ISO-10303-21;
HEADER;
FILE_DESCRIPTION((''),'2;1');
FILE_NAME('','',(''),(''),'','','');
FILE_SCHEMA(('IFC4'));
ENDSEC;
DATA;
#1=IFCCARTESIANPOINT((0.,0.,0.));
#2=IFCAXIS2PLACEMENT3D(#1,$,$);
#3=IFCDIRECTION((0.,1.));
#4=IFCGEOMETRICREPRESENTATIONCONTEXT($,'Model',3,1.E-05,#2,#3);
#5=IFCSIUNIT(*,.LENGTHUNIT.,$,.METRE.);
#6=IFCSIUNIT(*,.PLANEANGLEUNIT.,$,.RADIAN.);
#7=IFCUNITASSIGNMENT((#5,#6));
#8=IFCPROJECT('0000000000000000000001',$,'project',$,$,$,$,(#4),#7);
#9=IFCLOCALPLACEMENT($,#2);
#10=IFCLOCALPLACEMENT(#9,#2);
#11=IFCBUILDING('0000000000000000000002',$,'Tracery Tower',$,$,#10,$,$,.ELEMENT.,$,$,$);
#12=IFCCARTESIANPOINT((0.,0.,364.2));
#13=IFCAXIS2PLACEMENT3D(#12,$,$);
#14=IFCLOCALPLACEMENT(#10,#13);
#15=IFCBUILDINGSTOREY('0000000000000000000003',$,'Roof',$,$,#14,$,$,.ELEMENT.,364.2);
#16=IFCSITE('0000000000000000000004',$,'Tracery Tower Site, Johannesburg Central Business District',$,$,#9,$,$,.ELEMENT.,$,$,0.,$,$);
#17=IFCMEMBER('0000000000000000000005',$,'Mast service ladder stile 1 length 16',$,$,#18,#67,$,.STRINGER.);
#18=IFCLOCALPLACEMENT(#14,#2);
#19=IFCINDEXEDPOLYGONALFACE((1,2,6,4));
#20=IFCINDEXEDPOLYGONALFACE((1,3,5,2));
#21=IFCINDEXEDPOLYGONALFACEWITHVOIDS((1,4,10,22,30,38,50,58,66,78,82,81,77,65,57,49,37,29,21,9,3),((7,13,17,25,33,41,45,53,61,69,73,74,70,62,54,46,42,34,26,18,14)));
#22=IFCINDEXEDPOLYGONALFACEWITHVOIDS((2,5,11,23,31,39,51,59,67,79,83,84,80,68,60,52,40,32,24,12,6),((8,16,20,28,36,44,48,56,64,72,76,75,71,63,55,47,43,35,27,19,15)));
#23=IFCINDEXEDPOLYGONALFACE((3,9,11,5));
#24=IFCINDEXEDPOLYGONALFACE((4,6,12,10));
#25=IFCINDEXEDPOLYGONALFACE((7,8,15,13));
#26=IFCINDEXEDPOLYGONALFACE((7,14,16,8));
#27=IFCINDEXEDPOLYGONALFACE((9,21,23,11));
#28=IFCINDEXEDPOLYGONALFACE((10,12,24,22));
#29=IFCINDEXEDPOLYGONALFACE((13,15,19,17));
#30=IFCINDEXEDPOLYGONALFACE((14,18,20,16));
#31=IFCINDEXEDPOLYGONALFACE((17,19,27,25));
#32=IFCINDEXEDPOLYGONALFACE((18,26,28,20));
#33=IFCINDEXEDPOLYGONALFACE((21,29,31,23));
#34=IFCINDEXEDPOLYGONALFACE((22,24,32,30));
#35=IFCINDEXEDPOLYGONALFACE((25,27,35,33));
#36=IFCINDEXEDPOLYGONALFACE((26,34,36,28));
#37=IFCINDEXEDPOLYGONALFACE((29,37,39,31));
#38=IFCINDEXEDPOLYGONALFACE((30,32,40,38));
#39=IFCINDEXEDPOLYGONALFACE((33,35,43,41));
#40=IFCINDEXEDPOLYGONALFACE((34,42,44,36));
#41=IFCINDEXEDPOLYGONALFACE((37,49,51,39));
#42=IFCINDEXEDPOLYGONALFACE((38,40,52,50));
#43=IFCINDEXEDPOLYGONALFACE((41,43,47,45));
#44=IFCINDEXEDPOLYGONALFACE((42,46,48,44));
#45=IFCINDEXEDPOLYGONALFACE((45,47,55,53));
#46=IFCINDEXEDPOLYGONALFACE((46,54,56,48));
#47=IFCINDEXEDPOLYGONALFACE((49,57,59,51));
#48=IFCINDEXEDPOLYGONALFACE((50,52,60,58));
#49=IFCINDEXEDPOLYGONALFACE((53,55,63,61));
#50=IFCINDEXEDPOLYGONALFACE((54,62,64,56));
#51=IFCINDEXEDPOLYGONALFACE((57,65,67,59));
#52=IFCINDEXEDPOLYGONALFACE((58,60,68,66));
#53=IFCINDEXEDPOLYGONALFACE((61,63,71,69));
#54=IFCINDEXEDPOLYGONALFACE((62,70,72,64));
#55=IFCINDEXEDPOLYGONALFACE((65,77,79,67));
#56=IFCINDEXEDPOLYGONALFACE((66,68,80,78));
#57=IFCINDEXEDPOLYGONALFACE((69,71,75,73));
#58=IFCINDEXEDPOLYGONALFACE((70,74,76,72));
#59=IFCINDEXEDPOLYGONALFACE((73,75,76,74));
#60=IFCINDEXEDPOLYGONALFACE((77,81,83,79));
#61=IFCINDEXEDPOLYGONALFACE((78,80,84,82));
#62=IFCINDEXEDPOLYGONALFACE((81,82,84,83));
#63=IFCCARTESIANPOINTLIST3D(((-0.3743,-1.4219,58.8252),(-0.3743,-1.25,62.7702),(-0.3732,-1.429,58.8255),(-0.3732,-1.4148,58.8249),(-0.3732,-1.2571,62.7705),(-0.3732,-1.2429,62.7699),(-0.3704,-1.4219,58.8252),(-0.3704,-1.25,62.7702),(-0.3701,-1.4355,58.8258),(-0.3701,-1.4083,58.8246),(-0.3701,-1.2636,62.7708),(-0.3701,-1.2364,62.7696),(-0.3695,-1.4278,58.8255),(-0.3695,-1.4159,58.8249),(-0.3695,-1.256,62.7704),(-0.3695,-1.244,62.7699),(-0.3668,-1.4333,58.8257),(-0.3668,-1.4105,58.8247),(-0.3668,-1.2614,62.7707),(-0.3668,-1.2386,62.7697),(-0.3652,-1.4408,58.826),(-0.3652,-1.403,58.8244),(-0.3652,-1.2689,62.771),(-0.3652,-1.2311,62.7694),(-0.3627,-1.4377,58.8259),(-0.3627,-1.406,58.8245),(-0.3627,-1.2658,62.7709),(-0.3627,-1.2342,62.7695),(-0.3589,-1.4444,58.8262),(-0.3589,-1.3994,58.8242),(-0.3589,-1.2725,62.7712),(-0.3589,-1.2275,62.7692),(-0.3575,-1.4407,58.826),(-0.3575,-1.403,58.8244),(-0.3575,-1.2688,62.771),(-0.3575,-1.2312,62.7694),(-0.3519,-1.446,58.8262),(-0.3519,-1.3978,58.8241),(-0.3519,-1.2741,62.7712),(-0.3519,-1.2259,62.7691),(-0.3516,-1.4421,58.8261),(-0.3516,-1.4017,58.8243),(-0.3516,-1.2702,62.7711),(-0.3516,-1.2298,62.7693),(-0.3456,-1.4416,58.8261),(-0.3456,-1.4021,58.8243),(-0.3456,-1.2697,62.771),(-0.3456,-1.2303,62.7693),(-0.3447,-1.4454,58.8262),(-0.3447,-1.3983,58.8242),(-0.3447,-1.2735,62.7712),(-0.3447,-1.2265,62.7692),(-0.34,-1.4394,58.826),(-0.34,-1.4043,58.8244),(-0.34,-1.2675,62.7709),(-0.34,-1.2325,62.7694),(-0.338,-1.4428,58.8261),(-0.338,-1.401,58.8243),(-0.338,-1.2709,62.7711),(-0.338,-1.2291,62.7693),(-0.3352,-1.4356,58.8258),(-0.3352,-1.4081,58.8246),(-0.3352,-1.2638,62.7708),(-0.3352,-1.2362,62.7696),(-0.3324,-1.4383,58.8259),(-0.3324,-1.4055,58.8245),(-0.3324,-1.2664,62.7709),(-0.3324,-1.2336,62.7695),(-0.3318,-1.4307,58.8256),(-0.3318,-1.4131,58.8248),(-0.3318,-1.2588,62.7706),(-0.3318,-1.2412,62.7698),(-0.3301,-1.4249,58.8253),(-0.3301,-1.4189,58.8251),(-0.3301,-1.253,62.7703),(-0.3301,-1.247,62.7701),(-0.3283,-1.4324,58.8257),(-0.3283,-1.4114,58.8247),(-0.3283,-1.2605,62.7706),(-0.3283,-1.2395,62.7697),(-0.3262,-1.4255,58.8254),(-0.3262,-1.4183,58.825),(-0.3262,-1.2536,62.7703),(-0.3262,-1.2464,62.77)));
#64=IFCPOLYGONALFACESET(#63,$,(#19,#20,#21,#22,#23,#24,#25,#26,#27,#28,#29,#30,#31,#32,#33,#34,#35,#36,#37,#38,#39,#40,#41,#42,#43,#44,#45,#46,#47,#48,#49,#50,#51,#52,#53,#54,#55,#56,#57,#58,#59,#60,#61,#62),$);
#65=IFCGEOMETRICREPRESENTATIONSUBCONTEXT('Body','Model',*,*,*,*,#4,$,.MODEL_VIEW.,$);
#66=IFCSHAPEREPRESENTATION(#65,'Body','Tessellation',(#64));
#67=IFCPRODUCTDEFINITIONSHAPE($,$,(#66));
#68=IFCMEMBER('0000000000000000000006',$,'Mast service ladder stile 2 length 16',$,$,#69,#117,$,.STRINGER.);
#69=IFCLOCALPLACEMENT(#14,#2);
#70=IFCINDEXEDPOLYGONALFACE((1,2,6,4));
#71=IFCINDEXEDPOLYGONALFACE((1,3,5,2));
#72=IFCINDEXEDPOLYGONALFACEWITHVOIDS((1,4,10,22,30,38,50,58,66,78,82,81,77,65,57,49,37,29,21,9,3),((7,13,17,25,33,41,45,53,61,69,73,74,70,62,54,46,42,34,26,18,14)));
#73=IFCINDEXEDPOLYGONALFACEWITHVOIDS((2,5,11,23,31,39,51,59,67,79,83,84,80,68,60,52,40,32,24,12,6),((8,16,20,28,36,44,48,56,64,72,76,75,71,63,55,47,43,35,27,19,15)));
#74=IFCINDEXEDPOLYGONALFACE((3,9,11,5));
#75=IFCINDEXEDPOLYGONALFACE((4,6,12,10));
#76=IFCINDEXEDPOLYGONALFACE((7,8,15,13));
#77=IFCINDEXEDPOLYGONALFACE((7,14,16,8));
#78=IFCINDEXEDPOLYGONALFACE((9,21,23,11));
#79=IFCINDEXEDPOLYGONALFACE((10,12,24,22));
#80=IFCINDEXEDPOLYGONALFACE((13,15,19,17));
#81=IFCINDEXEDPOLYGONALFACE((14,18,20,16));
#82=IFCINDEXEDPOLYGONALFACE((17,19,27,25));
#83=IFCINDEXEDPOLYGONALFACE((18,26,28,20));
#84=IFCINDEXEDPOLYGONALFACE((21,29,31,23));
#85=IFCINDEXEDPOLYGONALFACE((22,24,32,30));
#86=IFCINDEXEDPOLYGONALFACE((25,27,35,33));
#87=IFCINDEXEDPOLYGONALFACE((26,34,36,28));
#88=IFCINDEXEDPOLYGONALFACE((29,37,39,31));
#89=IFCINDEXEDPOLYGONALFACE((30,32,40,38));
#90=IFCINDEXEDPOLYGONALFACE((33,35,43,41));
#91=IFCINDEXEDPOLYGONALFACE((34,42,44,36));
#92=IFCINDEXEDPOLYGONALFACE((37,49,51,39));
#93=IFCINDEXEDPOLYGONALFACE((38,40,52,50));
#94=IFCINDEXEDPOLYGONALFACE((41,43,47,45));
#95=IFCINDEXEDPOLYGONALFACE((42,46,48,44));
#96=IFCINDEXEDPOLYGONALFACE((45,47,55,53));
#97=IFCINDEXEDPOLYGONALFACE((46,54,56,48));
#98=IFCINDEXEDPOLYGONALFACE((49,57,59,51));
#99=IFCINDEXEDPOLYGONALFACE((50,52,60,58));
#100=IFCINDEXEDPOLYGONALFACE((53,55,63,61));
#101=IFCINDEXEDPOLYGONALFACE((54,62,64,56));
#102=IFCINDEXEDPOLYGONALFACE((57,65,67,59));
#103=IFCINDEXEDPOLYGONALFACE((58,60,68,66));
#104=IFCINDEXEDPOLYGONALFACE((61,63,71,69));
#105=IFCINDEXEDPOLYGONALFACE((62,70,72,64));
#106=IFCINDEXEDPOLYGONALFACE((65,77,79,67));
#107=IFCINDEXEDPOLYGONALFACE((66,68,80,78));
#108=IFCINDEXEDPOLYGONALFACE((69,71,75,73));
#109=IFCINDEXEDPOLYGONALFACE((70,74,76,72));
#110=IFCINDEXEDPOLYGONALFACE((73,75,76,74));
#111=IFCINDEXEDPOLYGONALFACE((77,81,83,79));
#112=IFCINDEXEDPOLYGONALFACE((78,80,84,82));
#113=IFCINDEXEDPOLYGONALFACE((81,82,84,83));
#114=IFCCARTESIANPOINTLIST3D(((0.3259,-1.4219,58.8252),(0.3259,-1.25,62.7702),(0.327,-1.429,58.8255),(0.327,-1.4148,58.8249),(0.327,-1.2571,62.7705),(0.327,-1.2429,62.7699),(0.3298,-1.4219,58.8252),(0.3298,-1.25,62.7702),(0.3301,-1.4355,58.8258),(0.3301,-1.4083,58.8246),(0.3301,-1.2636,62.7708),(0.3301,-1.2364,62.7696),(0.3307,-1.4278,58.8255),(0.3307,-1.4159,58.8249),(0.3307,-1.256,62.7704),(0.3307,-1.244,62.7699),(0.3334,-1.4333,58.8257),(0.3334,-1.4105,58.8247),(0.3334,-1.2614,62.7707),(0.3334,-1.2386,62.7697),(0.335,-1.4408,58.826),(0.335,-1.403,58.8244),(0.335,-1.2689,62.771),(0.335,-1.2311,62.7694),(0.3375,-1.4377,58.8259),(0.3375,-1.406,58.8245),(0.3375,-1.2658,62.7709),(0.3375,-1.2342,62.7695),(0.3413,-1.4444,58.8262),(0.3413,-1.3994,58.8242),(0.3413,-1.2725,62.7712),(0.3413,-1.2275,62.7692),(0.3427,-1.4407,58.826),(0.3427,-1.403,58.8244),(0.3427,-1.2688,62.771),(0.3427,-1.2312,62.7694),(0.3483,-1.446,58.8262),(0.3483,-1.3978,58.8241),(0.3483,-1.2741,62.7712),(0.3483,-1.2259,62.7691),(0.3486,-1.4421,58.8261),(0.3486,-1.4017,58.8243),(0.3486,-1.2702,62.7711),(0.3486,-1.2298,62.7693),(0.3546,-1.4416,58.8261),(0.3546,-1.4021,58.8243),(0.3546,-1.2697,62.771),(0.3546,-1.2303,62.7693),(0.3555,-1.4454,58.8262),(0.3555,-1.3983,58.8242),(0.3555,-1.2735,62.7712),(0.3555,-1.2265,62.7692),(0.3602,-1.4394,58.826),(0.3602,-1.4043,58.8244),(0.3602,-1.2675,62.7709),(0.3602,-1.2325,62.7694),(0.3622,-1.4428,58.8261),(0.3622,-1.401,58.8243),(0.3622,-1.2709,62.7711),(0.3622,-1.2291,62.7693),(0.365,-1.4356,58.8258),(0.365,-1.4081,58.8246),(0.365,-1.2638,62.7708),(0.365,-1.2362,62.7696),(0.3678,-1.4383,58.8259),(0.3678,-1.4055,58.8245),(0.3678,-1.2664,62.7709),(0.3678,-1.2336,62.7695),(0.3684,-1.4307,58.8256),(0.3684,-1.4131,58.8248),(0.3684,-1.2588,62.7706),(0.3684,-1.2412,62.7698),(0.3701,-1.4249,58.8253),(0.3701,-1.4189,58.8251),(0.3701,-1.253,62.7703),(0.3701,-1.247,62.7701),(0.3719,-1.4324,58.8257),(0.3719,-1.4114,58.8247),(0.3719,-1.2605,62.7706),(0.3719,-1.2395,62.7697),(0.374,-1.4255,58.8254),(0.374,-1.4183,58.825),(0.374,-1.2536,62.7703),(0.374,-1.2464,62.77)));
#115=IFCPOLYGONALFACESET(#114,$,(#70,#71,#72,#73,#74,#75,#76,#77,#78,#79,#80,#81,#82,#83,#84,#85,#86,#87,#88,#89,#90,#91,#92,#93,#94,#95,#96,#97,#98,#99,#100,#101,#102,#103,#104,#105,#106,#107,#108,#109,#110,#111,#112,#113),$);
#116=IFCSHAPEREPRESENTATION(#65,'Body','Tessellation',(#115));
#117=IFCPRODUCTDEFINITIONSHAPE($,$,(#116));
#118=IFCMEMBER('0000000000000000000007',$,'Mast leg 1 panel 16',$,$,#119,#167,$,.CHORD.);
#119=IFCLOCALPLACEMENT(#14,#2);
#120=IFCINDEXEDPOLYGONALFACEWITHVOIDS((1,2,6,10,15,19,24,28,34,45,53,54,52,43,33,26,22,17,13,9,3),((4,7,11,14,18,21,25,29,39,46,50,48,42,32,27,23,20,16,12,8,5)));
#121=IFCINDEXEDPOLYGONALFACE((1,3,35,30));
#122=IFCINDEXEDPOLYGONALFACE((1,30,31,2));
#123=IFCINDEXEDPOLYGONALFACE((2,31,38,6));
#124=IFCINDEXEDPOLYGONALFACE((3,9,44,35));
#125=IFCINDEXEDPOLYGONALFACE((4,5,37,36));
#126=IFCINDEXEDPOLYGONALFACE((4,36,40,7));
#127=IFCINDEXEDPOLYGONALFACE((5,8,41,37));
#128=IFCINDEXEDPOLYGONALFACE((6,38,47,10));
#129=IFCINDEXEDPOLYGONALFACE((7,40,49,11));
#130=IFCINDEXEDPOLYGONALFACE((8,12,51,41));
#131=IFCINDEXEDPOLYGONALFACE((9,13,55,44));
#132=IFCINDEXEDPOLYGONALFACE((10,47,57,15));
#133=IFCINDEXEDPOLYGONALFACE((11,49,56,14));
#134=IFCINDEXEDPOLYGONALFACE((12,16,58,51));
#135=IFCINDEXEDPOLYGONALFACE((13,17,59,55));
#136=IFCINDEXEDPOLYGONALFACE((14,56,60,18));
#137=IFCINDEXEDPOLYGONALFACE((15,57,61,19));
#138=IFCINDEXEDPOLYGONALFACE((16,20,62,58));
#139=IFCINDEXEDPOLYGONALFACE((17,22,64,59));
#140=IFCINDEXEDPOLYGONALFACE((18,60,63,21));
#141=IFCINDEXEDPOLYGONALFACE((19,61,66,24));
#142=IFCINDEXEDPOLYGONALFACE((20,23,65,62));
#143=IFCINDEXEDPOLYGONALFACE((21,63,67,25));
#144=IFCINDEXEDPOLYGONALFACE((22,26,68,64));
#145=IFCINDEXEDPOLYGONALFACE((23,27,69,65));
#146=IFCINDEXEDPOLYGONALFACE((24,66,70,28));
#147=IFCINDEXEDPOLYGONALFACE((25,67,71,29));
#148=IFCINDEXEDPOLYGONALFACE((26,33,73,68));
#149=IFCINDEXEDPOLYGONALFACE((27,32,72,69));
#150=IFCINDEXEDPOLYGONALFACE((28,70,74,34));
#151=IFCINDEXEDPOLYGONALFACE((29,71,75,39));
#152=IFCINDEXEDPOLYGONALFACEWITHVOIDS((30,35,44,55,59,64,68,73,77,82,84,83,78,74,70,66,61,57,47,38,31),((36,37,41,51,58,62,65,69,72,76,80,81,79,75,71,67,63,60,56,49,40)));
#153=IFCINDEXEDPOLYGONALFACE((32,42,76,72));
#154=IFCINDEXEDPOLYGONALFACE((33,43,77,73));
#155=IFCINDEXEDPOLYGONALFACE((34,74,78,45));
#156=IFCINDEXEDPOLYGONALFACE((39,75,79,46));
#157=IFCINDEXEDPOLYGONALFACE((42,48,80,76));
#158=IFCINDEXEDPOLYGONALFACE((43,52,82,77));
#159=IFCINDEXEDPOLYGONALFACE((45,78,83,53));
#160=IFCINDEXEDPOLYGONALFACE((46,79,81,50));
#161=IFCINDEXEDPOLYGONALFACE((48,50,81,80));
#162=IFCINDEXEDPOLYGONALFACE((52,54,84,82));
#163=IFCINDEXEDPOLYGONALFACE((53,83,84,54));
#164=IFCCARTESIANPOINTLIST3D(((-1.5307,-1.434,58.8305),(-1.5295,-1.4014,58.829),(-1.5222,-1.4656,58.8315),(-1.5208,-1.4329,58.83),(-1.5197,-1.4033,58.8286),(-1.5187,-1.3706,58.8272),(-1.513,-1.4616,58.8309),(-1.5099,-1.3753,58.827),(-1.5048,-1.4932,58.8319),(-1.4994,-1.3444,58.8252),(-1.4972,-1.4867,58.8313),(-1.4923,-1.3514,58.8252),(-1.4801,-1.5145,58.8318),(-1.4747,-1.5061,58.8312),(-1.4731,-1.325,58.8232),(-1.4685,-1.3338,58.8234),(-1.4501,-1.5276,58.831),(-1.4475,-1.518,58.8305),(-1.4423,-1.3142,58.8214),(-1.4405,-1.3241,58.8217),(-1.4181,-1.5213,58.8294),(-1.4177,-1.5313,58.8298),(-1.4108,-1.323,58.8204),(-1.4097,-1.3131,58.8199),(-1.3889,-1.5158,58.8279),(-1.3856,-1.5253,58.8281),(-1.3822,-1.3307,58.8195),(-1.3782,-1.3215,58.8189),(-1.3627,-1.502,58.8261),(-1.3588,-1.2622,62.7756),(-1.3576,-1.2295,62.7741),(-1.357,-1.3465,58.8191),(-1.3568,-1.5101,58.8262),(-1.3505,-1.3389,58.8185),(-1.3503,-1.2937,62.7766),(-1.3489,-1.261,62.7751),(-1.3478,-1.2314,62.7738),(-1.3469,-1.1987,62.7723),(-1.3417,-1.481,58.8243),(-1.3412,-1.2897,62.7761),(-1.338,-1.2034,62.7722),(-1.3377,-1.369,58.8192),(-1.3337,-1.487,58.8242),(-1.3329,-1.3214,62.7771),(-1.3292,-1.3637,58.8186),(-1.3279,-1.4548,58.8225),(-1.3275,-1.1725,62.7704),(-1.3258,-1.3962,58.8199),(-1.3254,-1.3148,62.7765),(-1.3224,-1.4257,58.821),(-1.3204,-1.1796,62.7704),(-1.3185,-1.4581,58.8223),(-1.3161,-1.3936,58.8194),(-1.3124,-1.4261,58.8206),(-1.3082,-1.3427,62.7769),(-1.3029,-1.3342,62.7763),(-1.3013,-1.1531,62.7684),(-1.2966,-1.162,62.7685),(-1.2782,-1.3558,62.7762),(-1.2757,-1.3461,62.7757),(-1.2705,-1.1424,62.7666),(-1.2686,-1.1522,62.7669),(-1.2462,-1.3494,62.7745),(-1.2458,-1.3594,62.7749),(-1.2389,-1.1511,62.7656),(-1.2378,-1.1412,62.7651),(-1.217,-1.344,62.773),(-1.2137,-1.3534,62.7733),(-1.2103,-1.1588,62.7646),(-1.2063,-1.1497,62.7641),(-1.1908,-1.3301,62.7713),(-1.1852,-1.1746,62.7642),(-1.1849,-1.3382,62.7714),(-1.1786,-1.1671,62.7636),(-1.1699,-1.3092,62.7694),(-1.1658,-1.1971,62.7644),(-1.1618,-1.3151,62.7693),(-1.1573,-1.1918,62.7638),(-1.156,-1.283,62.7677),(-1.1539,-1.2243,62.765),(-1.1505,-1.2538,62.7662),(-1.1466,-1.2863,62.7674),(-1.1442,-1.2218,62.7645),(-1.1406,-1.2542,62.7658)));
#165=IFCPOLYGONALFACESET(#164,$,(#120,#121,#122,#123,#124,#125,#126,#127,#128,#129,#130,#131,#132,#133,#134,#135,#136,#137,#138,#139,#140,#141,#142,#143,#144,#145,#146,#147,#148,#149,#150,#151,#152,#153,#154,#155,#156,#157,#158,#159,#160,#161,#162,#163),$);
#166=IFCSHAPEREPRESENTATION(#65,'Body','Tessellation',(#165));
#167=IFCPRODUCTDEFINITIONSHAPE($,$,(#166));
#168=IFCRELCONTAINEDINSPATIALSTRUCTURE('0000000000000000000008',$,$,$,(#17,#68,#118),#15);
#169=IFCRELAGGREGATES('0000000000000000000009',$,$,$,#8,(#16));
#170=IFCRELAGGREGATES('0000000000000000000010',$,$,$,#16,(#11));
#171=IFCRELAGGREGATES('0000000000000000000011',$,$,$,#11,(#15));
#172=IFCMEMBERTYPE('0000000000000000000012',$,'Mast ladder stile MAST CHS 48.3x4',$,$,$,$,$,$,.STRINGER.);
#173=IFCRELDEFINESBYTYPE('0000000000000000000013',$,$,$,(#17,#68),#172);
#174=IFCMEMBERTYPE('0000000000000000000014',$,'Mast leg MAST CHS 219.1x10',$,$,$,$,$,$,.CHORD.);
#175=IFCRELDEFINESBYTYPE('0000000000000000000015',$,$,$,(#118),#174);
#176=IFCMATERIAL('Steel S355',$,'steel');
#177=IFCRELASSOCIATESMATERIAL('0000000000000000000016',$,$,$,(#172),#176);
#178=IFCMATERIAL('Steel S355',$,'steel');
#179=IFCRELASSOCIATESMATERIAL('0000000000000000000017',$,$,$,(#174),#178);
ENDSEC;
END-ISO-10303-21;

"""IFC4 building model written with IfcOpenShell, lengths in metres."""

from ifc_helpers import new_model, si_unit, direction, frame, origin, origin_2d, place, context, subcontext, project, spatial, hollow_circle, extrude, material, material_profile, profile_set, type_object, element, save


model = new_model("IFC4")

# Units and contexts
model_context = context("Model", 3, precision=1e-05, world=origin(), true_north=direction((0.0, 1.0)))
body_context = subcontext(model_context, "Body", "Model", "MODEL_VIEW")
ifc_project = project(units=[si_unit("LENGTHUNIT", "METRE"), si_unit("PLANEANGLEUNIT", "RADIAN")], contexts=[model_context])

# Site, building, storey
site_placement = place(None, origin())
site = spatial("IfcSite", under=ifc_project, at=site_placement, Name="Tracery Tower Site, Johannesburg Central Business District", CompositionType="ELEMENT", RefElevation=0.0)
building_placement = place(site_placement, origin())
building = spatial("IfcBuilding", under=site, at=building_placement, Name="Tracery Tower", CompositionType="ELEMENT")
storey_placement = place(building_placement, frame((0.0, 0.0, 364.2)))
storey = spatial("IfcBuildingStorey", under=building, at=storey_placement, Name="Roof", CompositionType="ELEMENT", Elevation=364.2)

# Members
ifc_material_1 = material(Name="Steel S355", Category="steel")
ifc_material_profile_1 = material_profile(ifc_material_1, hollow_circle(Radius=0.0242, WallThickness=0.0039, at=origin_2d()), Name="CHS 48.3x4")
ifc_profile_set_1 = profile_set([ifc_material_profile_1], Name="Steel S355")
member_type_1 = type_object("IfcMemberType", Name="Mast ladder stile MAST CHS 48.3x4", PredefinedType="STRINGER", material=ifc_profile_set_1)
for number, where, z_axis, x_axis, name in (
    (1, (-0.3501, -1.4219, 58.8252), (0.0, 0.043526, 0.999052), (-1.0, 0.0, 0.0), "Mast service ladder stile 1 length 16"),
    (2, (0.3501, -1.4219, 58.8252), (0.0, 0.043526, 0.999052), (-1.0, 0.0, 0.0), "Mast service ladder stile 2 length 16"),
):
    element("IfcMember", number, at=place(storey_placement, frame(where, z_axis=z_axis, x_axis=x_axis)), inside=storey, type_object=member_type_1, Name=name, PredefinedType="STRINGER", context=body_context, shape_type="SweptSolid", body=[
        extrude(hollow_circle(Radius=0.0242, WallThickness=0.0039, at=origin_2d()), origin(), (0.0, 0.0, 1.0), 3.9487),
    ])
ifc_material_2 = material(Name="Steel S355", Category="steel")
ifc_material_profile_2 = material_profile(ifc_material_2, hollow_circle(Radius=0.1096, WallThickness=0.01, at=origin_2d()), Name="CHS 219.1x10")
ifc_profile_set_2 = profile_set([ifc_material_profile_2], Name="Steel S355")
member_type_2 = type_object("IfcMemberType", Name="Mast leg MAST CHS 219.1x10", PredefinedType="CHORD", material=ifc_profile_set_2)
for number, where, z_axis, x_axis, name in (
    (3, (-1.4219, -1.4219, 58.8252), (0.043485, 0.043485, 0.998107), (-0.707107, 0.707107, 0.0), "Mast leg 1 panel 16"),
):
    element("IfcMember", number, at=place(storey_placement, frame(where, z_axis=z_axis, x_axis=x_axis)), inside=storey, type_object=member_type_2, Name=name, PredefinedType="CHORD", context=body_context, shape_type="SweptSolid", body=[
        extrude(hollow_circle(Radius=0.1096, WallThickness=0.01, at=origin_2d()), origin(), (0.0, 0.0, 1.0), 3.9526),
    ])

save(model, "model.ifc")
